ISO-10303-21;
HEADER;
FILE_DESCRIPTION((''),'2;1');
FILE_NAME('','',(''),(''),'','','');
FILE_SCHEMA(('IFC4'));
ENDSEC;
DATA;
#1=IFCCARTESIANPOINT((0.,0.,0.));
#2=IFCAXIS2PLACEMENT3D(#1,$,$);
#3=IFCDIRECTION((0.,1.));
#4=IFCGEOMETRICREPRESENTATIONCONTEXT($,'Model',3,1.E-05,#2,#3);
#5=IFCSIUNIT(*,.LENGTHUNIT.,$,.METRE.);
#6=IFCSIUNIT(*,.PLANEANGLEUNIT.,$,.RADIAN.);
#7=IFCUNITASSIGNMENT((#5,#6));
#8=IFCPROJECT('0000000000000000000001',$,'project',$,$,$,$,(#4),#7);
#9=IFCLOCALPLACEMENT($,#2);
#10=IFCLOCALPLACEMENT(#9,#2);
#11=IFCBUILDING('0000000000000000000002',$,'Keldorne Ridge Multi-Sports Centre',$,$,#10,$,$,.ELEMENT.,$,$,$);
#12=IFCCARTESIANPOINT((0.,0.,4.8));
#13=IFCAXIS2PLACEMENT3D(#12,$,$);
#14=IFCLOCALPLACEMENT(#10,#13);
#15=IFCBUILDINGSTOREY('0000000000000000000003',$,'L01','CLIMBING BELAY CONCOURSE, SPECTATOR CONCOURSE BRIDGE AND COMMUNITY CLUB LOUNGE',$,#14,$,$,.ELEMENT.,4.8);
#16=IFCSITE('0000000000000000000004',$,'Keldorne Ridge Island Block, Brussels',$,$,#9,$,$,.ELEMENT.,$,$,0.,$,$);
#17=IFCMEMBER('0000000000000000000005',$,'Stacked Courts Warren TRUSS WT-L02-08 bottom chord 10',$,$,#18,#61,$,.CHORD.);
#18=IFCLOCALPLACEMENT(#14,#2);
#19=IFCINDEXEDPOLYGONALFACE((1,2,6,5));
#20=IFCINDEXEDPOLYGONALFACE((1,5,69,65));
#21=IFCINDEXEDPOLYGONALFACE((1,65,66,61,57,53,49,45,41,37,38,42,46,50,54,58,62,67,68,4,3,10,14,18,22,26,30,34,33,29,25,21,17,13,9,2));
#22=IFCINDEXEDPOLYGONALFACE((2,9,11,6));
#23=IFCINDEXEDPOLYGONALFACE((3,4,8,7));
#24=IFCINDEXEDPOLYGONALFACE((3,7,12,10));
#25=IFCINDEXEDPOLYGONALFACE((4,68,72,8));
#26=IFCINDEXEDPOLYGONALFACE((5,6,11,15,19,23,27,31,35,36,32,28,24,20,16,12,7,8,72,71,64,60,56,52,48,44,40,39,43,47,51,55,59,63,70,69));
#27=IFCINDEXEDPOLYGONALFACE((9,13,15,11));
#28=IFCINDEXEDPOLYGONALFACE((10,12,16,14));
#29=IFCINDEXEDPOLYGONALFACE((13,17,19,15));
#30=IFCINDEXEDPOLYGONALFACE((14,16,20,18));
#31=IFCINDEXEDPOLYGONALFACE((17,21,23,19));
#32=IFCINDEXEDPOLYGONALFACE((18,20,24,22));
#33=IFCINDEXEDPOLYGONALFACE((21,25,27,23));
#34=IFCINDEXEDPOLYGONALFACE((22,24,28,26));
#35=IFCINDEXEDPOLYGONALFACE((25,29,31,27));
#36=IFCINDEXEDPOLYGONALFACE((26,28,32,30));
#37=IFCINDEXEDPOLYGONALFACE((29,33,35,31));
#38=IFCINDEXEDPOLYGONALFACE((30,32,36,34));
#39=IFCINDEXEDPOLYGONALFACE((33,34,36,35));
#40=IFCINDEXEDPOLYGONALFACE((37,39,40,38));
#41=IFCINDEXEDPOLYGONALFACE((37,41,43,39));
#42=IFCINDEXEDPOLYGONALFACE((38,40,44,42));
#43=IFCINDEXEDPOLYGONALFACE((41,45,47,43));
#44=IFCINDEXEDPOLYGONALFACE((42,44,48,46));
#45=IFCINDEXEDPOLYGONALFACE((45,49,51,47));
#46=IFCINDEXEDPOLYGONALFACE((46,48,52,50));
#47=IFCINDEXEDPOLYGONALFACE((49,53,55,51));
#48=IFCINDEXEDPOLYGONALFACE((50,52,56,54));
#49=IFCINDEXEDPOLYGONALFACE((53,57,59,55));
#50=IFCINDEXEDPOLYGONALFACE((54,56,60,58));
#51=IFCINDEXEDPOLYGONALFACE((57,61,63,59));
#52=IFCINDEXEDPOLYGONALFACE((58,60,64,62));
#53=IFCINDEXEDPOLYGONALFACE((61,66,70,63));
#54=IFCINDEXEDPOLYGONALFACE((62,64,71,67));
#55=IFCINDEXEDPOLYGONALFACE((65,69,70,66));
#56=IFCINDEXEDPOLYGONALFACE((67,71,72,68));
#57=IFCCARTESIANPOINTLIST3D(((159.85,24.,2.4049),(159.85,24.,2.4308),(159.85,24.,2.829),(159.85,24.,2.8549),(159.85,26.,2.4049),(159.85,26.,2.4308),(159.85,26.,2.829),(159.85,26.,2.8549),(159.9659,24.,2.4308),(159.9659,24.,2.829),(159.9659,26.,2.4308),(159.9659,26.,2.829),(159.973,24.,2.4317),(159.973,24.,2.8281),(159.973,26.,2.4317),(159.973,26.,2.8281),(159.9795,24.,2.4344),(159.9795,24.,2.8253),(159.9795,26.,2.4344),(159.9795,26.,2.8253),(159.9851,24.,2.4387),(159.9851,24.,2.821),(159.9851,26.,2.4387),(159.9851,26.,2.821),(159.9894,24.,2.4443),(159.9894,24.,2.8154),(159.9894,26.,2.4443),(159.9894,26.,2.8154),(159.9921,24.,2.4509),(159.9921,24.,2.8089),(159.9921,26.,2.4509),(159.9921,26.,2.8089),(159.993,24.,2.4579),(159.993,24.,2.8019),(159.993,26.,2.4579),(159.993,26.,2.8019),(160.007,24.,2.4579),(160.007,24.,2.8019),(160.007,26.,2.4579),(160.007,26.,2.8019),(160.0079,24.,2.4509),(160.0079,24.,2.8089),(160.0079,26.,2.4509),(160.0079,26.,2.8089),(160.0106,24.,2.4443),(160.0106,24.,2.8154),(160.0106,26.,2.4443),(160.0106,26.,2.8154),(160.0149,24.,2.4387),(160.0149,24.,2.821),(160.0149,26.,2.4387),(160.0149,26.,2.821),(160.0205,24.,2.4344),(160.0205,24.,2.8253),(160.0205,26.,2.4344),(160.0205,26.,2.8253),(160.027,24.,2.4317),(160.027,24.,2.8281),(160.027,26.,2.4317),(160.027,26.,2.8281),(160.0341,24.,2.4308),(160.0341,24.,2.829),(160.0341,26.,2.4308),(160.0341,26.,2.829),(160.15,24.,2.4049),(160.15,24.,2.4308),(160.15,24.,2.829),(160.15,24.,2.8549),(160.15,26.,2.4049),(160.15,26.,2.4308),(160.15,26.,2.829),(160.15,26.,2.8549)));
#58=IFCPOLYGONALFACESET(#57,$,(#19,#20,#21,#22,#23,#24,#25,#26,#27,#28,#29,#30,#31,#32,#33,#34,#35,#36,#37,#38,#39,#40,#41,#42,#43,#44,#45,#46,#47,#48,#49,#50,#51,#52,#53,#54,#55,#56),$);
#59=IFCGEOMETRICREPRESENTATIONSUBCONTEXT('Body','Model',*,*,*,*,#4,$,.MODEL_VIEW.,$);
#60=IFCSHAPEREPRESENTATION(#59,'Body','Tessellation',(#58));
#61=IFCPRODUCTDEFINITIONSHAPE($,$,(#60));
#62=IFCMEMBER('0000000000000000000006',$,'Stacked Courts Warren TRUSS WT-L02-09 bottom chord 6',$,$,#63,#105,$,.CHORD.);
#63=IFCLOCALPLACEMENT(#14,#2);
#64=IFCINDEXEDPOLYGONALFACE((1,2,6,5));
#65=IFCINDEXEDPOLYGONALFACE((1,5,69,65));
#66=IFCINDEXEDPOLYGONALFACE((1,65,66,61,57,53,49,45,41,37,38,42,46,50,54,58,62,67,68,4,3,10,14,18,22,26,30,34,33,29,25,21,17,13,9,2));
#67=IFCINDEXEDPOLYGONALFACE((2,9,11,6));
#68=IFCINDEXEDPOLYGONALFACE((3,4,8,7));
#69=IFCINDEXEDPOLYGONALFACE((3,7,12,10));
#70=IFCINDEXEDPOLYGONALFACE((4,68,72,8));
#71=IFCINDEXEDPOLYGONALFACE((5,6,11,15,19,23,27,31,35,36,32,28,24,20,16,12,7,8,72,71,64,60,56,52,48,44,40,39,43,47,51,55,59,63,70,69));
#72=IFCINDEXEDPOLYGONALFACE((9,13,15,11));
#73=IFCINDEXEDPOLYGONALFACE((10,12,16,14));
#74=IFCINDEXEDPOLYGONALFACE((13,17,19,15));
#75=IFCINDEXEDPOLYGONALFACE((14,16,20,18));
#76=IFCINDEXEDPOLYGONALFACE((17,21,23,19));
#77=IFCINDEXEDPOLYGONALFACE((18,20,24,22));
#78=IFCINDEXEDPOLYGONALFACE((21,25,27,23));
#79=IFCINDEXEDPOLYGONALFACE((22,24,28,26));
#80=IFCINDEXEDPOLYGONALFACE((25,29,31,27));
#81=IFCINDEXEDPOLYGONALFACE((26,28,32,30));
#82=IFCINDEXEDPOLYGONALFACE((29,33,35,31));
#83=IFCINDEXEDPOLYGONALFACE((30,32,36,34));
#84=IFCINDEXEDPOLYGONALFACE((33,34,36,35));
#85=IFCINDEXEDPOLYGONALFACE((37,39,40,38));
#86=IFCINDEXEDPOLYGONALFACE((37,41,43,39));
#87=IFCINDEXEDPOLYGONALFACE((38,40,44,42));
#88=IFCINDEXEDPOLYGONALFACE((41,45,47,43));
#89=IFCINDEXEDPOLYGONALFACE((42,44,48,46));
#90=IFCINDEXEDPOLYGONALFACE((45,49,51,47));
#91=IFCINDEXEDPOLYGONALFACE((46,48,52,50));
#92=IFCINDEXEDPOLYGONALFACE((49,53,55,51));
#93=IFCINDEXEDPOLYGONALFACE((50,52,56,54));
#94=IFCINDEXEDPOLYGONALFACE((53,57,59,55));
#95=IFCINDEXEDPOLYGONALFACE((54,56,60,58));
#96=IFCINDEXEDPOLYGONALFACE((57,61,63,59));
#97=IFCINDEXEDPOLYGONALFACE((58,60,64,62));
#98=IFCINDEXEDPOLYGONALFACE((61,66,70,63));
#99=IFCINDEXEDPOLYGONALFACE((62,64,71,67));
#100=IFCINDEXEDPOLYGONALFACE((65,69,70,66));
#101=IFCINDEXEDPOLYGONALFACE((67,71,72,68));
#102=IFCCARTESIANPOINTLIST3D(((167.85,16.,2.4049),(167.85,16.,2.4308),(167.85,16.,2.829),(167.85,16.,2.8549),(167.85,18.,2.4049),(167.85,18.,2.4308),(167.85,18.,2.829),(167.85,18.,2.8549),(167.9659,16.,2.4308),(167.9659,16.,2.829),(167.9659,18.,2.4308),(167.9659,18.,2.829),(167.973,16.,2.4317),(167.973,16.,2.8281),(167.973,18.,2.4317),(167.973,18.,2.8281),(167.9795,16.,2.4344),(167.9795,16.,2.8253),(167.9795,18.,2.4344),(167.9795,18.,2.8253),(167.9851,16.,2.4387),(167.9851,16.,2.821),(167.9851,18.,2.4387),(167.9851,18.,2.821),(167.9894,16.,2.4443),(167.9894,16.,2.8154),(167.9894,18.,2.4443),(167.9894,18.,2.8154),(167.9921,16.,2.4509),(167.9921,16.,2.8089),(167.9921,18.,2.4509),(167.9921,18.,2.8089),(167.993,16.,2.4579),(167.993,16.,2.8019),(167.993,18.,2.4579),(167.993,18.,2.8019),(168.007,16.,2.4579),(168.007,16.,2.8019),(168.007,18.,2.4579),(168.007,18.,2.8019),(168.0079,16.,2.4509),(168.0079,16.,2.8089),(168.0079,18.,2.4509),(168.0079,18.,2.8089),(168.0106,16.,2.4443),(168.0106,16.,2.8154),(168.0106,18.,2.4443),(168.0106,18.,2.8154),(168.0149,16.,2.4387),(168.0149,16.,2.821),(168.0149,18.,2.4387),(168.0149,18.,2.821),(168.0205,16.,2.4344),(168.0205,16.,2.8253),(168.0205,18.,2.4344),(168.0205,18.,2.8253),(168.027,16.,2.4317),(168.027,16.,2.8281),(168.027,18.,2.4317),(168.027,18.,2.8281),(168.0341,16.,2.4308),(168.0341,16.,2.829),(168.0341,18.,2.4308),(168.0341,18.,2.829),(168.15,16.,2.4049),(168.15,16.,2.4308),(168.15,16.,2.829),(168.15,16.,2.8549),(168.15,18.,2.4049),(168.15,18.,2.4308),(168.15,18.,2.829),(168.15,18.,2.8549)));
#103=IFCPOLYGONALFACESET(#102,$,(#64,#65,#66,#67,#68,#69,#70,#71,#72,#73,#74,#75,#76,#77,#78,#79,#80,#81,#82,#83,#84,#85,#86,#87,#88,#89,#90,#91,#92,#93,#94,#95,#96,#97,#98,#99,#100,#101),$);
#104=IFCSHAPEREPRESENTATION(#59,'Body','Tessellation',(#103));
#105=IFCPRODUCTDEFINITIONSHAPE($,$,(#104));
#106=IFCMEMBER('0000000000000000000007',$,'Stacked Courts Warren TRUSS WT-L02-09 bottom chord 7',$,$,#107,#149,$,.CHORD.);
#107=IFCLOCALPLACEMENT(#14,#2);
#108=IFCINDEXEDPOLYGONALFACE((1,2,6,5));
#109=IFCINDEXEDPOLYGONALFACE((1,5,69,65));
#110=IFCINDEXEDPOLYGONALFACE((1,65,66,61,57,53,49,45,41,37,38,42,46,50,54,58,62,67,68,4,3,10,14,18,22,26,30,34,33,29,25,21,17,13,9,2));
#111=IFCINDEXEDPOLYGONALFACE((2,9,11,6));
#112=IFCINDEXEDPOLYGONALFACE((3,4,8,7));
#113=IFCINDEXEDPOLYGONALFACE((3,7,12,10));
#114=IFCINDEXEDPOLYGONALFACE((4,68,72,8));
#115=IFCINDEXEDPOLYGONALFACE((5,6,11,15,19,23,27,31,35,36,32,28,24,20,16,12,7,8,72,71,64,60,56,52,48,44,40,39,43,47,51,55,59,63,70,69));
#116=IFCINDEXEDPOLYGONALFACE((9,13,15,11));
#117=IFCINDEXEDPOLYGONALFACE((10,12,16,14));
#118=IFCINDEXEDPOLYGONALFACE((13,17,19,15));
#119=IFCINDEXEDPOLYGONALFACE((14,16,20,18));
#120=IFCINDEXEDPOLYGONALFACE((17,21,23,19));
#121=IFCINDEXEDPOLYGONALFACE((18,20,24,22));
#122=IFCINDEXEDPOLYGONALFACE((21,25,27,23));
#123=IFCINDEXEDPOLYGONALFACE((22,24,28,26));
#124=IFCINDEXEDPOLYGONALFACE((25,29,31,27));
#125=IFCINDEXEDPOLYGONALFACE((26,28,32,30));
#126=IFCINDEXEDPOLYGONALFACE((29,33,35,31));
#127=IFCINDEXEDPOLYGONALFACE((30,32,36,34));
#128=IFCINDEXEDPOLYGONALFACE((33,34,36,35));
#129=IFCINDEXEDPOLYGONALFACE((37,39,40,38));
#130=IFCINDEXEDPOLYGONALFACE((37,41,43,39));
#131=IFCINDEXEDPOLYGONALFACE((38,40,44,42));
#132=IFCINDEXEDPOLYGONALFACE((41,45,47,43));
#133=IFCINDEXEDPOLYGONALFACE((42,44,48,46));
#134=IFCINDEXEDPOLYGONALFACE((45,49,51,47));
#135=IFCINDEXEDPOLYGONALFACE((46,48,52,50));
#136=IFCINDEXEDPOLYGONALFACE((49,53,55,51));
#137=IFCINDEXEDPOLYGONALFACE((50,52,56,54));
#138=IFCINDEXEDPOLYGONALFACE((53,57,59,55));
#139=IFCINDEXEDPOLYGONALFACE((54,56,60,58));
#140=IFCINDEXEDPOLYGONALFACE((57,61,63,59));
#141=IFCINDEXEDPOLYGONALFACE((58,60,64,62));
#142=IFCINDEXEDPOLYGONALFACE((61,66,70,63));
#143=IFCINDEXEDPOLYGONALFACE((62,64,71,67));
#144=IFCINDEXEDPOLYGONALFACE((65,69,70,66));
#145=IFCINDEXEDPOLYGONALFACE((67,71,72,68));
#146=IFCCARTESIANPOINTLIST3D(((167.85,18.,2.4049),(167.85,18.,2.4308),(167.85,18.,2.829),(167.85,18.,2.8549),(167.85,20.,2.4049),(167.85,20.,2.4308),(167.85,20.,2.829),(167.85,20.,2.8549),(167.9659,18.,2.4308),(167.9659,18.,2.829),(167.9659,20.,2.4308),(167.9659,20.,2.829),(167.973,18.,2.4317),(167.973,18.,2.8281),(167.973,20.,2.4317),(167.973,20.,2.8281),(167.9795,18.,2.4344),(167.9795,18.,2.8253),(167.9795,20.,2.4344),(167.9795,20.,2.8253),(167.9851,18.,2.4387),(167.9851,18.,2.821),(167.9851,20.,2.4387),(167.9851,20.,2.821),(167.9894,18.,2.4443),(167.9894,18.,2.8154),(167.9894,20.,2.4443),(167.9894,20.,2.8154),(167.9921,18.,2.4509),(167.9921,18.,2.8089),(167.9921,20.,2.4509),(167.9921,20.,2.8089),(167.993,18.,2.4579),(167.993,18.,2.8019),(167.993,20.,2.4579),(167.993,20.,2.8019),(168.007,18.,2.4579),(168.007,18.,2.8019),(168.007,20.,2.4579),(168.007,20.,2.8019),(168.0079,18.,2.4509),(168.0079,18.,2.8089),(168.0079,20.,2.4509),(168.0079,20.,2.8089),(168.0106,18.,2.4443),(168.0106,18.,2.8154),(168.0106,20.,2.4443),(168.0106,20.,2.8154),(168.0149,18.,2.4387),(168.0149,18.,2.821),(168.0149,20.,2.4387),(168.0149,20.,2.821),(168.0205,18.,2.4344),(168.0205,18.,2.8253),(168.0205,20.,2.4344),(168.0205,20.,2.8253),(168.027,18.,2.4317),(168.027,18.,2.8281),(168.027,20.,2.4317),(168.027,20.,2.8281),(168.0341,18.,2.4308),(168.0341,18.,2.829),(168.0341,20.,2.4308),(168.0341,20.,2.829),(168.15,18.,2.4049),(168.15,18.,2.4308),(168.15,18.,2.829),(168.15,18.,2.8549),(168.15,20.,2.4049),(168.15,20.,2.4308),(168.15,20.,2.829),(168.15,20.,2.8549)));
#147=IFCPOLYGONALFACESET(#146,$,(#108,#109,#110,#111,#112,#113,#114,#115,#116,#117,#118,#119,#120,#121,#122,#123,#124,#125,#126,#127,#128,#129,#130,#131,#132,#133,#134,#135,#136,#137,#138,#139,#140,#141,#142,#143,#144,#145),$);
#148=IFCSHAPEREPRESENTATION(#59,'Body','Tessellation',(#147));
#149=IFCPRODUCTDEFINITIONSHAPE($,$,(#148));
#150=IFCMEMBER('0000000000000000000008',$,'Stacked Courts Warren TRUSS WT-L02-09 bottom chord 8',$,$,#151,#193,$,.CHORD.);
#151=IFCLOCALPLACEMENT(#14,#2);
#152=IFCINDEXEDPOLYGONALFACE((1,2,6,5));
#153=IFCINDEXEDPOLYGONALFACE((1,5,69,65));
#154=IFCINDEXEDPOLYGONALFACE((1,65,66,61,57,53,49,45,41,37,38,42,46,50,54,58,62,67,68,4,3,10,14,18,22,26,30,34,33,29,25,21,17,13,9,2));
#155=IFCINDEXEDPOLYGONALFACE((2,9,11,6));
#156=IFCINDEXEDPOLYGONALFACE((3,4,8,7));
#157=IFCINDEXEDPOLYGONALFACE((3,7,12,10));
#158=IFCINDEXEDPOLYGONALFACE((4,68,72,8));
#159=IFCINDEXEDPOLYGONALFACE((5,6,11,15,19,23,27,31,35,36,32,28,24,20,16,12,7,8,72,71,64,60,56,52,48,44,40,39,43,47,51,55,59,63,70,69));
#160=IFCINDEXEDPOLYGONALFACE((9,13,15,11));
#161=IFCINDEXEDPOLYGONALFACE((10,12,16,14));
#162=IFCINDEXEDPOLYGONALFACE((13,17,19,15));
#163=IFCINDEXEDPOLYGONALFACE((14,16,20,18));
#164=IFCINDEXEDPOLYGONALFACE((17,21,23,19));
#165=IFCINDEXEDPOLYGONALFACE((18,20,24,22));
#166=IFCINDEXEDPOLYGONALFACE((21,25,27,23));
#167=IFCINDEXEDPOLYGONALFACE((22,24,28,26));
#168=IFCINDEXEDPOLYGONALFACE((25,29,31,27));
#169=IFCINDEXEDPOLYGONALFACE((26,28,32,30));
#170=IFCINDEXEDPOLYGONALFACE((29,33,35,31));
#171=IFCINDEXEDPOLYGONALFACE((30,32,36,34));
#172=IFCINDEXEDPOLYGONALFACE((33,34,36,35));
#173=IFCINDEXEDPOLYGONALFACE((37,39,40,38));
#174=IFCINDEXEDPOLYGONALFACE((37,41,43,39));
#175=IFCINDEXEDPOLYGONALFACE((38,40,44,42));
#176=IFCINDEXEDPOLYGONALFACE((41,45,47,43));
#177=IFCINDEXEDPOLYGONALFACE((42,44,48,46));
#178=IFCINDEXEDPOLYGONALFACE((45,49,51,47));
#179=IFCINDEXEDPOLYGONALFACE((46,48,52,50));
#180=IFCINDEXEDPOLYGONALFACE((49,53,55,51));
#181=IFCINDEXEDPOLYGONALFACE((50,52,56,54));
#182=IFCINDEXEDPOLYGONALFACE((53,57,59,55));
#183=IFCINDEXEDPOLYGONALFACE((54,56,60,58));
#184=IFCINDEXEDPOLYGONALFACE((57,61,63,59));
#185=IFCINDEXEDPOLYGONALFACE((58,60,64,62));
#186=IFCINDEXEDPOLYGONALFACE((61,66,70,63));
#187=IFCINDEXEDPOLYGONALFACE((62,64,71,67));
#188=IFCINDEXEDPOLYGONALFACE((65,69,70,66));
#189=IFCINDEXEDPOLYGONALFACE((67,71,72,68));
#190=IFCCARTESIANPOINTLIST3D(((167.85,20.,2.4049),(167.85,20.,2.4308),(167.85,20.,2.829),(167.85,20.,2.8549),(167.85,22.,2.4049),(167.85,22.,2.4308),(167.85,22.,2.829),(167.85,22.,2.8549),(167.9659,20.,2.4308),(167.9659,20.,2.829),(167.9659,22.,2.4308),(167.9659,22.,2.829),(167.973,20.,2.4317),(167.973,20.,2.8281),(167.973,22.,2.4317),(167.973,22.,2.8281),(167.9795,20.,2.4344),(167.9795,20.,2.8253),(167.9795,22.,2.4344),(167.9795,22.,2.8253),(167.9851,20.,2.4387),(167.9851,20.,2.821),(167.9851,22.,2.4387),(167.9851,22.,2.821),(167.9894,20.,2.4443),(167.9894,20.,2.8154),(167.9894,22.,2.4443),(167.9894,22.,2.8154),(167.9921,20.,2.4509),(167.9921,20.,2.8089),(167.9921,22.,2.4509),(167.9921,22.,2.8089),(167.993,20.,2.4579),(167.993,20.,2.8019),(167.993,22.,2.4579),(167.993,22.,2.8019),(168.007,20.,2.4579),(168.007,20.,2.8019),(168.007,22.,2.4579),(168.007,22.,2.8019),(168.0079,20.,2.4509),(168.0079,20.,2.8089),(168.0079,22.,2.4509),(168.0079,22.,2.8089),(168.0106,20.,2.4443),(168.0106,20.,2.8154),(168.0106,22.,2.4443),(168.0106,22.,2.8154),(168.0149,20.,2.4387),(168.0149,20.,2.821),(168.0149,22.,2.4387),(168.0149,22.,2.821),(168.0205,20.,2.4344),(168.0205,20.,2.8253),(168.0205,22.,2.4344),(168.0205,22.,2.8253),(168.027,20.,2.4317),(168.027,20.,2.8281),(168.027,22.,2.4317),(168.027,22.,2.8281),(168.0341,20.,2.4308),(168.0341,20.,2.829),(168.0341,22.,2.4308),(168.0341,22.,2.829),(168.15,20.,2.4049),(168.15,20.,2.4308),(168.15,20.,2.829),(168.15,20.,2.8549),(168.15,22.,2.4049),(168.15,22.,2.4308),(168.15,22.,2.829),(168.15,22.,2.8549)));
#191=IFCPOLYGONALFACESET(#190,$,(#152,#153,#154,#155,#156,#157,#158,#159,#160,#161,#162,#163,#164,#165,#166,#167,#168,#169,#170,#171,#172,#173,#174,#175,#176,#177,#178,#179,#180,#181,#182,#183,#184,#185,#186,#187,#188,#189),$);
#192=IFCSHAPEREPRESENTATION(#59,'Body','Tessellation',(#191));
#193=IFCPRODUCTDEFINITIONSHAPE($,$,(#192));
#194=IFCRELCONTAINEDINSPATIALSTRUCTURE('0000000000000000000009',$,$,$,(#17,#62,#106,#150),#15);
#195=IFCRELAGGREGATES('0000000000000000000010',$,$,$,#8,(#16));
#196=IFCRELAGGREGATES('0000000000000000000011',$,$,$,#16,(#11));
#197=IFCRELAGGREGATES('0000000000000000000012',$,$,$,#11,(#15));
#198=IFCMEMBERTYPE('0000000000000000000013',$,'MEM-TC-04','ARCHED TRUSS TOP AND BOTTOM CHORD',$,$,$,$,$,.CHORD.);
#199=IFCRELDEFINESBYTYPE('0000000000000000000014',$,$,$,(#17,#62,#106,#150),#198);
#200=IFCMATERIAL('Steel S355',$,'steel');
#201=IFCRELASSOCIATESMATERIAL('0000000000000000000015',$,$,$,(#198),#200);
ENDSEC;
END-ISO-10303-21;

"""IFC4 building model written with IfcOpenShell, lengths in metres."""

from ifc_helpers import new_model, si_unit, direction, frame, origin, origin_2d, place, context, subcontext, project, spatial, i_section, extrude, material, material_profile, profile_set, type_object, element, save


model = new_model("IFC4")

# Units and contexts
model_context = context("Model", 3, precision=1e-05, world=origin(), true_north=direction((0.0, 1.0)))
body_context = subcontext(model_context, "Body", "Model", "MODEL_VIEW")
ifc_project = project(units=[si_unit("LENGTHUNIT", "METRE"), si_unit("PLANEANGLEUNIT", "RADIAN")], contexts=[model_context])

# Site, building, storey
site_placement = place(None, origin())
site = spatial("IfcSite", under=ifc_project, at=site_placement, Name="Keldorne Ridge Island Block, Brussels", CompositionType="ELEMENT", RefElevation=0.0)
building_placement = place(site_placement, origin())
building = spatial("IfcBuilding", under=site, at=building_placement, Name="Keldorne Ridge Multi-Sports Centre", CompositionType="ELEMENT")
storey_placement = place(building_placement, frame((0.0, 0.0, 4.8)))
storey = spatial("IfcBuildingStorey", under=building, at=storey_placement, Name="L01", Description="CLIMBING BELAY CONCOURSE, SPECTATOR CONCOURSE BRIDGE AND COMMUNITY CLUB LOUNGE", CompositionType="ELEMENT", Elevation=4.8)

# Shared definitions
ifc_material_1 = material(Name="Steel S355", Category="steel")

# Members
ifc_material_profile_1 = material_profile(ifc_material_1, i_section(OverallWidth=0.3, OverallDepth=0.45, WebThickness=0.0139, FlangeThickness=0.0259, FilletRadius=0.0271, at=origin_2d()), Name="HEB 450")
ifc_profile_set_1 = profile_set([ifc_material_profile_1], Name="Steel S355")
member_type_1 = type_object("IfcMemberType", Name="MEM-TC-04", Description="ARCHED TRUSS TOP AND BOTTOM CHORD", PredefinedType="CHORD", material=ifc_profile_set_1)
for number, where, z_axis, x_axis, name in (
    (1, (160.0, 24.0, 2.6299), (0.0, 1.0, 0.0), (-1.0, 0.0, 0.0), "Stacked Courts Warren TRUSS WT-L02-08 bottom chord 10"),
    (2, (168.0, 16.0, 2.6299), (0.0, 1.0, 0.0), (-1.0, 0.0, 0.0), "Stacked Courts Warren TRUSS WT-L02-09 bottom chord 6"),
    (3, (168.0, 18.0, 2.6299), (0.0, 1.0, 0.0), (-1.0, 0.0, 0.0), "Stacked Courts Warren TRUSS WT-L02-09 bottom chord 7"),
    (4, (168.0, 20.0, 2.6299), (0.0, 1.0, 0.0), (-1.0, 0.0, 0.0), "Stacked Courts Warren TRUSS WT-L02-09 bottom chord 8"),
):
    element("IfcMember", number, at=place(storey_placement, frame(where, z_axis=z_axis, x_axis=x_axis)), inside=storey, type_object=member_type_1, Name=name, PredefinedType="CHORD", context=body_context, shape_type="SweptSolid", body=[
        extrude(i_section(OverallWidth=0.3, OverallDepth=0.45, WebThickness=0.0139, FlangeThickness=0.0259, FilletRadius=0.0271, at=origin_2d()), origin(), (0.0, 0.0, 1.0), 2.0),
    ])

save(model, "model.ifc")
